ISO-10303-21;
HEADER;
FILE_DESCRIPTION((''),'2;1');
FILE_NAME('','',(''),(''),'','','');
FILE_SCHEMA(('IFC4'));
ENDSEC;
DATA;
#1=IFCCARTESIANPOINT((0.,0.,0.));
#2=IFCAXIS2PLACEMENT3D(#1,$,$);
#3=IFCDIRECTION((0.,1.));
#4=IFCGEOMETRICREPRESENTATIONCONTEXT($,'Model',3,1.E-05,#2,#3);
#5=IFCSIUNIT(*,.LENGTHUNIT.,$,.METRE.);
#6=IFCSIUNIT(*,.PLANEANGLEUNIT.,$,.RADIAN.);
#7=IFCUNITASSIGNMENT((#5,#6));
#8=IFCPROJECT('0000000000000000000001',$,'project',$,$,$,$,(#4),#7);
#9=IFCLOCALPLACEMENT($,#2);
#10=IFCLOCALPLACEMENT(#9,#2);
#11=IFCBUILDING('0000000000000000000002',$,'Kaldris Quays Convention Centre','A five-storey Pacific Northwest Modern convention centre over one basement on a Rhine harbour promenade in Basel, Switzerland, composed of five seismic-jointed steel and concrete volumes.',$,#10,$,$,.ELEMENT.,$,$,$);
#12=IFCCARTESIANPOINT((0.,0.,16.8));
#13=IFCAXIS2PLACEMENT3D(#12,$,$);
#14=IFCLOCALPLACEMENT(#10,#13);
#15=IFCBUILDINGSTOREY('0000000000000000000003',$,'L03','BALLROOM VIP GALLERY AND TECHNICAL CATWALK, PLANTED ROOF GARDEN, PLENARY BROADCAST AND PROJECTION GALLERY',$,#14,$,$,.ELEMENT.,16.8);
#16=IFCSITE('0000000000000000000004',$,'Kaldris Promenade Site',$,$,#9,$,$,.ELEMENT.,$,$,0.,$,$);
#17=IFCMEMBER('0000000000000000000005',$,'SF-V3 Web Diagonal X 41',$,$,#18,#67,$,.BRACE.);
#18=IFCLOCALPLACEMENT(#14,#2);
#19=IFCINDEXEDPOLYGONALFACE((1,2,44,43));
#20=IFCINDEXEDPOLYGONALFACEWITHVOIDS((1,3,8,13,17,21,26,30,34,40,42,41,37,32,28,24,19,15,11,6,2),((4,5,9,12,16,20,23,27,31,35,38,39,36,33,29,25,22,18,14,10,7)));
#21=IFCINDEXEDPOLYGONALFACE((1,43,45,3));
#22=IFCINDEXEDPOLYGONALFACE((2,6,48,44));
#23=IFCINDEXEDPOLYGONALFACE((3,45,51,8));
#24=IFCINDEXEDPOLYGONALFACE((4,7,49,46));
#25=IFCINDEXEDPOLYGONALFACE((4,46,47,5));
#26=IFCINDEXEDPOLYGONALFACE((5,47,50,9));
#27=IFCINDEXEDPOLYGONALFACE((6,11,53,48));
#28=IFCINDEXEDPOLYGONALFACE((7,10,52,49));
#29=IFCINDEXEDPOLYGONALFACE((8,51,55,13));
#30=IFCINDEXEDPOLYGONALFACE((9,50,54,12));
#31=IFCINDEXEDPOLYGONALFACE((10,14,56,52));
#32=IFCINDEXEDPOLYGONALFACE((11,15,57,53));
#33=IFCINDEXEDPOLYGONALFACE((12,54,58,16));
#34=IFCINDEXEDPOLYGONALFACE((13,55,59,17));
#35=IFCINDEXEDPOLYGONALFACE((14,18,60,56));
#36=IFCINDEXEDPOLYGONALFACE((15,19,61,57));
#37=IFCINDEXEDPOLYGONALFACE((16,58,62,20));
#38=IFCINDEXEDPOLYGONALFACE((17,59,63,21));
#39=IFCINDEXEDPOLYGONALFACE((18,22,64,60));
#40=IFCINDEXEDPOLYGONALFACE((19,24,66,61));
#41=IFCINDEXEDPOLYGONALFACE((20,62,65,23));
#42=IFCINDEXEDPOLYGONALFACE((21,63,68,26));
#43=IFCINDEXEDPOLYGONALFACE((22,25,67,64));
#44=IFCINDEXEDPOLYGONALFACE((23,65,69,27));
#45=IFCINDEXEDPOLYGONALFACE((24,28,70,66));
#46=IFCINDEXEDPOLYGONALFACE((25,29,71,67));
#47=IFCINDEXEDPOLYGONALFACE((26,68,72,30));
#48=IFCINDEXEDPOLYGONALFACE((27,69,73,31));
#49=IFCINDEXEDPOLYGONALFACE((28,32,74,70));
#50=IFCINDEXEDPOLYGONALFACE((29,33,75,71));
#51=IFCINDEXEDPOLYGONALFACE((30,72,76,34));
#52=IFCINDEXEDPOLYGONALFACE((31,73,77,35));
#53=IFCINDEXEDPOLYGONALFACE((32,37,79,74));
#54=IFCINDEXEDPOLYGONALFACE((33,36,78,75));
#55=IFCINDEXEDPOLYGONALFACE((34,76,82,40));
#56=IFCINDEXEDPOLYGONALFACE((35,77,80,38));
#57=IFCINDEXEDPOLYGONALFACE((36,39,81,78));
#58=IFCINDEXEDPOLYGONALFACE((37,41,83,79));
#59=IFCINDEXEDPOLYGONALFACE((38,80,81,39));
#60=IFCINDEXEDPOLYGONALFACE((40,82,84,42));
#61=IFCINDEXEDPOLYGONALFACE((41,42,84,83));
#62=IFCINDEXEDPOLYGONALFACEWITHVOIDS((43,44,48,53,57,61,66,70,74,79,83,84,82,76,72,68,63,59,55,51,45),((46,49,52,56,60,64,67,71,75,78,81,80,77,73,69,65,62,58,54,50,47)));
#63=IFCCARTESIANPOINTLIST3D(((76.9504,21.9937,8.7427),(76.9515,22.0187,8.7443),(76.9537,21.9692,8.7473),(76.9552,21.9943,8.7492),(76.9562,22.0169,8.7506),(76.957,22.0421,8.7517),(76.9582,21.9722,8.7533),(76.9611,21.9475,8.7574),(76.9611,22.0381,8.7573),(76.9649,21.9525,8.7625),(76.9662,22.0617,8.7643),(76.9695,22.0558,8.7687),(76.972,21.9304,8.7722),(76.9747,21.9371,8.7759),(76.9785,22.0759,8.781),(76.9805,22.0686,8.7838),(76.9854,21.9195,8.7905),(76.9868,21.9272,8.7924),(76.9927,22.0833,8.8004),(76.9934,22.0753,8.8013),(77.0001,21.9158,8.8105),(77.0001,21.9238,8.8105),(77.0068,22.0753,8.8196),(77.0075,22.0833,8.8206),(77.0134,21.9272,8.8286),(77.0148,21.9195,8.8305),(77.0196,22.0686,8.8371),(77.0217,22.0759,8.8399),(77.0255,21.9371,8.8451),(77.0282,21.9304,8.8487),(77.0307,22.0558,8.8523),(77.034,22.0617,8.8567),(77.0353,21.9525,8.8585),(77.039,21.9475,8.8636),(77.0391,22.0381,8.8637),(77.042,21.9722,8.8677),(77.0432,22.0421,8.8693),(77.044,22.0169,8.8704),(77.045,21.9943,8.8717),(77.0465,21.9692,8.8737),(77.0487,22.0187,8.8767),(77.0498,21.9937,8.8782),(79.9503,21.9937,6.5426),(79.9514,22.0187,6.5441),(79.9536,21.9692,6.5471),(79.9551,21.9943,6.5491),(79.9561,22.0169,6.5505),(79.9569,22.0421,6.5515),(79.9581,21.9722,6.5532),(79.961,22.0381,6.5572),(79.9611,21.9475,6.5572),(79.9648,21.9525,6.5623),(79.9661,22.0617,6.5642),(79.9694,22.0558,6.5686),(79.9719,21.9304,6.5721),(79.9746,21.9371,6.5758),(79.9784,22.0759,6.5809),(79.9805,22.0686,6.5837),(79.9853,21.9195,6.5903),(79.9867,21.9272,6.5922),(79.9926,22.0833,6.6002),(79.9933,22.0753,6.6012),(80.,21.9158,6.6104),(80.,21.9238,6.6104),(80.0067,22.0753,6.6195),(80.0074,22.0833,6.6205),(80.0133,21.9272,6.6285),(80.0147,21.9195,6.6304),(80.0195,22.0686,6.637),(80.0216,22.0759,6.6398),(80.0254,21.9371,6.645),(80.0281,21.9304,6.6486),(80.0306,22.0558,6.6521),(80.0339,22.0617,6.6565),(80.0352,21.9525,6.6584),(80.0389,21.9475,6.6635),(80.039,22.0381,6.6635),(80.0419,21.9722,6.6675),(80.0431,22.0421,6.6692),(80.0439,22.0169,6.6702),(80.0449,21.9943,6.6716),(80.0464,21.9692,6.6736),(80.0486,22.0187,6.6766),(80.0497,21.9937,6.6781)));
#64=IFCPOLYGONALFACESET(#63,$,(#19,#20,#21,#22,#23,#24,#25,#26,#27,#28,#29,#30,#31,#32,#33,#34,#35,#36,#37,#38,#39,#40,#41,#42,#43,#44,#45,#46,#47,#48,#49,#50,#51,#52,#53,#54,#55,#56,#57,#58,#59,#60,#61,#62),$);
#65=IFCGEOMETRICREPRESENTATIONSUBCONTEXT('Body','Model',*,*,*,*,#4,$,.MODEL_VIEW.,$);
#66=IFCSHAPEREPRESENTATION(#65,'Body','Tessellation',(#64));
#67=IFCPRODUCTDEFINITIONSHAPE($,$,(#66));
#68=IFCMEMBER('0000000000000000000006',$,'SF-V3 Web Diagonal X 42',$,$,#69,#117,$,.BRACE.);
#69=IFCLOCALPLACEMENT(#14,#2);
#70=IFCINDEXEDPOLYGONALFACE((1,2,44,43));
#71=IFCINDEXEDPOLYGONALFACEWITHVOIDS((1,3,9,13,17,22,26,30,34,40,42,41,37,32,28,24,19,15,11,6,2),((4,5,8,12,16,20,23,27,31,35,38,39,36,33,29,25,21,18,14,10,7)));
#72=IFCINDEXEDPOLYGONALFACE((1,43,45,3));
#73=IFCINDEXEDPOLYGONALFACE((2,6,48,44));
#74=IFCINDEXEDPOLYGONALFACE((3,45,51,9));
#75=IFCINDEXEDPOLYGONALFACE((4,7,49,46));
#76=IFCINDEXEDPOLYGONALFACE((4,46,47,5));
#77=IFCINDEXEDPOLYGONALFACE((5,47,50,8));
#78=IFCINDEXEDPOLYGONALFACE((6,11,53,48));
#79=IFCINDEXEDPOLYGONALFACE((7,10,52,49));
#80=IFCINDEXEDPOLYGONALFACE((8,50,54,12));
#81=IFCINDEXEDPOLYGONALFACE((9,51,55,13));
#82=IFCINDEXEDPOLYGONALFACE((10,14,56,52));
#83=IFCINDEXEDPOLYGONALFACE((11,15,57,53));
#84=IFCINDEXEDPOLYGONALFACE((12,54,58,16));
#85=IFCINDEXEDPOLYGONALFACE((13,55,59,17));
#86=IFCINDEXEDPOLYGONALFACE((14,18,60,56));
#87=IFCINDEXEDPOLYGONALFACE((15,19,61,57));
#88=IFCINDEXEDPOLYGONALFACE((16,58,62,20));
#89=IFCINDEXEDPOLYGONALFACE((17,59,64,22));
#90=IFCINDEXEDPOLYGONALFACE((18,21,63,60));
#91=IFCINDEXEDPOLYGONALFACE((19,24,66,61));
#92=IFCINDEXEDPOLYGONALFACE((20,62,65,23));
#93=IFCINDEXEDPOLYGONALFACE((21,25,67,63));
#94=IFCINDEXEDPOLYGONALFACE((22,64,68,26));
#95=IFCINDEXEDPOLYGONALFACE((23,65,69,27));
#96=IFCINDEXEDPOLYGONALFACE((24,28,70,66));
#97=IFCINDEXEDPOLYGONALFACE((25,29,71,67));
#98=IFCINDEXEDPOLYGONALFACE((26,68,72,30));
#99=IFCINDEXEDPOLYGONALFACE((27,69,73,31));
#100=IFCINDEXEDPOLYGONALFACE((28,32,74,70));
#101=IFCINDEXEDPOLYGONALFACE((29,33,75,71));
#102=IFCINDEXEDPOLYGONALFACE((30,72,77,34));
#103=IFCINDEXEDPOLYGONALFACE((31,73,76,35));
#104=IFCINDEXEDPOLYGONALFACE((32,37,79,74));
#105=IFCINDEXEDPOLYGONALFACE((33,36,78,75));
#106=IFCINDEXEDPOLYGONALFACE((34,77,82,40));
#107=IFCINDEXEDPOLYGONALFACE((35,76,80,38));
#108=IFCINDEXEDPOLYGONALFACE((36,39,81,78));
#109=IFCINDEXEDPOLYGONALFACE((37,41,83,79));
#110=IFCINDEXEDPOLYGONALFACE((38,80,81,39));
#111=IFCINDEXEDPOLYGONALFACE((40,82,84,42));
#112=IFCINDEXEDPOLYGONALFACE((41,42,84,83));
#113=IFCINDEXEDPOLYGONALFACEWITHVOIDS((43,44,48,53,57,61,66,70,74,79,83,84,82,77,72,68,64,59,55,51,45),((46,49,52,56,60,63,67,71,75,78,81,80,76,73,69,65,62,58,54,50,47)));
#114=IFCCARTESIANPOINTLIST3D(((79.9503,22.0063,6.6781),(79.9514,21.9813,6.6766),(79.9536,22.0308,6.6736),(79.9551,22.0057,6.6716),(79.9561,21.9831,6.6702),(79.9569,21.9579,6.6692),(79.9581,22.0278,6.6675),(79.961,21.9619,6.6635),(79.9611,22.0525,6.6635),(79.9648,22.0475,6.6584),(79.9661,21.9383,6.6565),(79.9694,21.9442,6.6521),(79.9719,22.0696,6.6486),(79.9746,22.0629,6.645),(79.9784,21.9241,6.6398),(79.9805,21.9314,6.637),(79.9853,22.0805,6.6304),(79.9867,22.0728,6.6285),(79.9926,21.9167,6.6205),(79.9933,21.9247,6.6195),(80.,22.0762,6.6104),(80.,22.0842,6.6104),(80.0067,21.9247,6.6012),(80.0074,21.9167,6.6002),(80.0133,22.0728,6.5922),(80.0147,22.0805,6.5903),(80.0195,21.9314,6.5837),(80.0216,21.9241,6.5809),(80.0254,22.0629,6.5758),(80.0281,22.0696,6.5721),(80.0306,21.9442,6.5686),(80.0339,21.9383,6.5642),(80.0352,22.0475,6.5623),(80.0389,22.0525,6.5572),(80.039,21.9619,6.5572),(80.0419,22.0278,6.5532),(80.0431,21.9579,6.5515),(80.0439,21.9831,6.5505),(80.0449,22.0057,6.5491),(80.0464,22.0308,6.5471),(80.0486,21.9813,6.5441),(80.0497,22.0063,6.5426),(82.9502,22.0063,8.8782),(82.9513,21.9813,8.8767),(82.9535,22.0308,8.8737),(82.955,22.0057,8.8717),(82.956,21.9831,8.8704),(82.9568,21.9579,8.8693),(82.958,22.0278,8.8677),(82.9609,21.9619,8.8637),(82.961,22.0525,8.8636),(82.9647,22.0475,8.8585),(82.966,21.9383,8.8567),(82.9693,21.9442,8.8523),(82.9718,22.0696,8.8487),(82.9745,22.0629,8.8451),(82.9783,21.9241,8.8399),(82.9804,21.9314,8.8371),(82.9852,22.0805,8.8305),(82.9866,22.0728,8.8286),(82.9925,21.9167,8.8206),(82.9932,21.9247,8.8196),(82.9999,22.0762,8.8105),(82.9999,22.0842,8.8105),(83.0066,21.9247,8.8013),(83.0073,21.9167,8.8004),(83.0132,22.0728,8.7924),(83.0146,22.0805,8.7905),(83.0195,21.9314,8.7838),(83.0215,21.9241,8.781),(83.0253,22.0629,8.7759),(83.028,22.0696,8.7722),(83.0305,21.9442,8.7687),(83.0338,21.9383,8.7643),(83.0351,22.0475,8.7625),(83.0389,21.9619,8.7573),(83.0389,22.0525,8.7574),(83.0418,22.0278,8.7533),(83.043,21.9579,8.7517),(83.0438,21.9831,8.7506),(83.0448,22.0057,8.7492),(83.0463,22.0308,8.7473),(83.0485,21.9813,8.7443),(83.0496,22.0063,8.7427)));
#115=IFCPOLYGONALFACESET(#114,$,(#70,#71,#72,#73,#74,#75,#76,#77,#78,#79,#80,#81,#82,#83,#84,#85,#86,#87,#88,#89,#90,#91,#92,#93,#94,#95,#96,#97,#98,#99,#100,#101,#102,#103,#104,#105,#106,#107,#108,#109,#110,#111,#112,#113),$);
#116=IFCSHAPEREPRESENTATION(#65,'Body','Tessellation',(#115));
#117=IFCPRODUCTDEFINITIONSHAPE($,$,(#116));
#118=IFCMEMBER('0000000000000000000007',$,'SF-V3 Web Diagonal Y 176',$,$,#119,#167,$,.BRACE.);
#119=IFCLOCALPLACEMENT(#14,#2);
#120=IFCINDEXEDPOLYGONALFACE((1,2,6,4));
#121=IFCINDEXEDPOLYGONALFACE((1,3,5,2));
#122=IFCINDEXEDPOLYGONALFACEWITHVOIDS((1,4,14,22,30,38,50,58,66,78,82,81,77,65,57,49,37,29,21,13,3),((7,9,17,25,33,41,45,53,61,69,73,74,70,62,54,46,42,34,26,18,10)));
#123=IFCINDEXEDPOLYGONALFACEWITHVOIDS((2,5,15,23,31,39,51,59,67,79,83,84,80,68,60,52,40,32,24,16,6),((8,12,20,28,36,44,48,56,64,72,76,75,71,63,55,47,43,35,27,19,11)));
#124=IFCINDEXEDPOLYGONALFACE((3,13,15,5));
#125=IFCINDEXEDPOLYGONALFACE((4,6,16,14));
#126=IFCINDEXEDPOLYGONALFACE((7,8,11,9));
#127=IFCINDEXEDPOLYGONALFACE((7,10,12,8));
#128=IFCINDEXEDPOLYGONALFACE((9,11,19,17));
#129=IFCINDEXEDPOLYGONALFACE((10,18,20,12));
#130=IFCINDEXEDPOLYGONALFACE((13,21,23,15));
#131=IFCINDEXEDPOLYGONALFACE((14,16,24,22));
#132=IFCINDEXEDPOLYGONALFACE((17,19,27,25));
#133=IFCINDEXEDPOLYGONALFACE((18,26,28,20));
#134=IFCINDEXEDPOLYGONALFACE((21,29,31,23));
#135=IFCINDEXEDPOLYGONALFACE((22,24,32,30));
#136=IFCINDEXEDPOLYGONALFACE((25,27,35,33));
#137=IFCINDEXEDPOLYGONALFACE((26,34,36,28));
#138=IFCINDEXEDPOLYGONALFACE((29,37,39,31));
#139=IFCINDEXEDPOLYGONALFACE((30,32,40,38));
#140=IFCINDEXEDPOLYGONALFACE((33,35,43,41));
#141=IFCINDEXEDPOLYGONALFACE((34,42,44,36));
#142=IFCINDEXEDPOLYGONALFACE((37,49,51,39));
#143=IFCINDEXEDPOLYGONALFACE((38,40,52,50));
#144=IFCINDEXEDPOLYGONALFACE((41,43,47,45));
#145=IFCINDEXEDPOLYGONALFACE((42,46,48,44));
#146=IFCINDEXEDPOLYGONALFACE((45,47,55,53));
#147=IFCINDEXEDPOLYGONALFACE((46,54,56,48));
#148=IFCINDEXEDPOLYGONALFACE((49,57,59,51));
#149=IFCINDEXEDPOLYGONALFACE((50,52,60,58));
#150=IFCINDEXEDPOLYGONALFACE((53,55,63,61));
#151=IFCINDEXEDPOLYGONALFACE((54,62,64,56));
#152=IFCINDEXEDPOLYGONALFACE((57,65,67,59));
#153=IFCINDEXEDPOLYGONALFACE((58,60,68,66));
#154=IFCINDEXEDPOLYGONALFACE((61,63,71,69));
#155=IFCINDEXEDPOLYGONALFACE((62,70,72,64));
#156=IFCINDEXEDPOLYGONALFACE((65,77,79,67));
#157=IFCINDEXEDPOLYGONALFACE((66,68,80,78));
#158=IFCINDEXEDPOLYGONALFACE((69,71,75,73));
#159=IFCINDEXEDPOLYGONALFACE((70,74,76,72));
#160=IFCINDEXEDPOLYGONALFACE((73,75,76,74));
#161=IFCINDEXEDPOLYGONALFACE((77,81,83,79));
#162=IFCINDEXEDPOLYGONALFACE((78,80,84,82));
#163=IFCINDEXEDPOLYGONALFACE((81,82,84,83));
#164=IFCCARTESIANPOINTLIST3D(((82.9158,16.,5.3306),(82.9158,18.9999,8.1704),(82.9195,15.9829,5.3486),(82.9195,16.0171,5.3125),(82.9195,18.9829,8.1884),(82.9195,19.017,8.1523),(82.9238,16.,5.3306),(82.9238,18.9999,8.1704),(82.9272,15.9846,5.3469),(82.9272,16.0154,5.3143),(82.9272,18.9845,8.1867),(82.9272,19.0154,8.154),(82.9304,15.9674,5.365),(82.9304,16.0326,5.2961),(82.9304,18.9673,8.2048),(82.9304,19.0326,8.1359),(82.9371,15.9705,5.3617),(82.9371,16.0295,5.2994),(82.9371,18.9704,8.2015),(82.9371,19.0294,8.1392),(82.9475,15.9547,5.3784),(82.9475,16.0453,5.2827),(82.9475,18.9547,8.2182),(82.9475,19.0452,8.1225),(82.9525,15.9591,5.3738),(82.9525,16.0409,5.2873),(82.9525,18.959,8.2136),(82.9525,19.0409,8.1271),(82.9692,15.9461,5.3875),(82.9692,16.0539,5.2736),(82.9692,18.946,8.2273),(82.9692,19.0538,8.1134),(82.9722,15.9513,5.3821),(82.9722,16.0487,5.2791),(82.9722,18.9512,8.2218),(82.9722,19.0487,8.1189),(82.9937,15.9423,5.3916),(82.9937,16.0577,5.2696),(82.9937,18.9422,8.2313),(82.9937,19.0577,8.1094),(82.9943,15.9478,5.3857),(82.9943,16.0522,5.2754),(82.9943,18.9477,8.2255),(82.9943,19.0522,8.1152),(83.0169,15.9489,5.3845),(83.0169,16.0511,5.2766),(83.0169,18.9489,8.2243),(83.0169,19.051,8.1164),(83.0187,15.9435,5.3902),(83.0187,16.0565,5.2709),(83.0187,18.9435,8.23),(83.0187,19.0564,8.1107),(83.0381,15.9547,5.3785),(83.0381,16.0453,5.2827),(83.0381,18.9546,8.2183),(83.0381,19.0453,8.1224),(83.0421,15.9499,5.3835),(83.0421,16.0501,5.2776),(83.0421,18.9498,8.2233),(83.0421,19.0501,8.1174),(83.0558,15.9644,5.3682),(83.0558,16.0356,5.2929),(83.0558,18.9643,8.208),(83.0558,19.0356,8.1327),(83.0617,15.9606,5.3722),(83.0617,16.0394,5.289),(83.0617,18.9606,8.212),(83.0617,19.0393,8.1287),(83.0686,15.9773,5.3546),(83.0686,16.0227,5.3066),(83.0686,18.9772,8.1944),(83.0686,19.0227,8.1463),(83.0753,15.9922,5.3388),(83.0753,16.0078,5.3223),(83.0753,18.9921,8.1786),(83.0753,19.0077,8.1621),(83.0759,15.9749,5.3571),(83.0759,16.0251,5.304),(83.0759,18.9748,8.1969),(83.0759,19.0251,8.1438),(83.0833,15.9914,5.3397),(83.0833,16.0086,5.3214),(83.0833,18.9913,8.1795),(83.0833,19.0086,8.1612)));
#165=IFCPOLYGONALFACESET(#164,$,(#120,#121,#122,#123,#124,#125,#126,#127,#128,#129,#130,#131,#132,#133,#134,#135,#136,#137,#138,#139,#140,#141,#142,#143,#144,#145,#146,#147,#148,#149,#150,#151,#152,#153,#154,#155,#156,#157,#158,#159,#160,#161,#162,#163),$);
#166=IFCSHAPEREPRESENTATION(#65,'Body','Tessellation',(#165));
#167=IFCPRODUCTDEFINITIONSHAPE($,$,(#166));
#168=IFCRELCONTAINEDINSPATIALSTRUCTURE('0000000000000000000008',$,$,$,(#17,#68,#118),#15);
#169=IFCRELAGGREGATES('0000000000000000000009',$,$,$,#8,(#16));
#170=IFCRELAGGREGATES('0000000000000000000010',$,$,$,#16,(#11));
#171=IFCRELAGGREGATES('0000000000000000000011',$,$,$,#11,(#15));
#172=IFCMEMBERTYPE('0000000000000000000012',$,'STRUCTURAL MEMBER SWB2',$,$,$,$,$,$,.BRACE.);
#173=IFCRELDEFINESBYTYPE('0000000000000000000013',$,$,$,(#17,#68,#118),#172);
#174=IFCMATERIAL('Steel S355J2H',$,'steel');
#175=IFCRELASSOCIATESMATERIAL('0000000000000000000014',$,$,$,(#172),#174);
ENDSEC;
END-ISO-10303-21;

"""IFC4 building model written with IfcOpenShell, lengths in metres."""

from ifc_helpers import new_model, si_unit, direction, frame, origin, origin_2d, place, context, subcontext, project, spatial, hollow_circle, extrude, material, material_profile, profile_set, type_object, element, save


model = new_model("IFC4")

# Units and contexts
model_context = context("Model", 3, precision=1e-05, world=origin(), true_north=direction((0.0, 1.0)))
body_context = subcontext(model_context, "Body", "Model", "MODEL_VIEW")
ifc_project = project(units=[si_unit("LENGTHUNIT", "METRE"), si_unit("PLANEANGLEUNIT", "RADIAN")], contexts=[model_context])

# Site, building, storey
site_placement = place(None, origin())
site = spatial("IfcSite", under=ifc_project, at=site_placement, Name="Kaldris Promenade Site", CompositionType="ELEMENT", RefElevation=0.0)
building_placement = place(site_placement, origin())
building = spatial("IfcBuilding", under=site, at=building_placement, Name="Kaldris Quays Convention Centre", Description="A five-storey Pacific Northwest Modern convention centre over one basement on a Rhine harbour promenade in Basel, Switzerland, composed of five seismic-jointed steel and concrete volumes.", CompositionType="ELEMENT")
storey_placement = place(building_placement, frame((0.0, 0.0, 16.8)))
storey = spatial("IfcBuildingStorey", under=building, at=storey_placement, Name="L03", Description="BALLROOM VIP GALLERY AND TECHNICAL CATWALK, PLANTED ROOF GARDEN, PLENARY BROADCAST AND PROJECTION GALLERY", CompositionType="ELEMENT", Elevation=16.8)

# Members
ifc_material_1 = material(Name="Steel S355J2H", Category="steel")
ifc_material_profile_1 = material_profile(ifc_material_1, hollow_circle(Radius=0.0842, WallThickness=0.0081, at=origin_2d()), Name="CHS 168.3x8")
ifc_profile_set_1 = profile_set([ifc_material_profile_1], Name="Steel S355J2H")
member_type_1 = type_object("IfcMemberType", Name="STRUCTURAL MEMBER SWB2", PredefinedType="BRACE", material=ifc_profile_set_1)
for number, where, z_axis, x_axis, name in (
    (1, (80.0, 22.0, 6.6104), (-0.80638, 0.0, 0.591398), (0.0, -1.0, 0.0), "SF-V3 Web Diagonal X 41"),
    (2, (80.0, 22.0, 6.6104), (0.80638, 0.0, 0.591398), (0.0, 1.0, 0.0), "SF-V3 Web Diagonal X 42"),
):
    element("IfcMember", number, at=place(storey_placement, frame(where, z_axis=z_axis, x_axis=x_axis)), inside=storey, type_object=member_type_1, Name=name, PredefinedType="BRACE", context=body_context, shape_type="SweptSolid", body=[
        extrude(hollow_circle(Radius=0.0842, WallThickness=0.0081, at=origin_2d()), origin(), (0.0, 0.0, 1.0), 3.7202),
    ])
member_1_placement = place(storey_placement, frame((83.0, 16.0, 5.3306), z_axis=(0.0, 0.726226, 0.687456), x_axis=(-1.0, 0.0, 0.0)))
element("IfcMember", 3, at=member_1_placement, inside=storey, type_object=member_type_1, Name="SF-V3 Web Diagonal Y 176", PredefinedType="BRACE", context=body_context, shape_type="SweptSolid", body=[
    extrude(hollow_circle(Radius=0.0842, WallThickness=0.0081, at=origin_2d()), origin(), (0.0, 0.0, 1.0), 4.1309),
])

save(model, "model.ifc")
